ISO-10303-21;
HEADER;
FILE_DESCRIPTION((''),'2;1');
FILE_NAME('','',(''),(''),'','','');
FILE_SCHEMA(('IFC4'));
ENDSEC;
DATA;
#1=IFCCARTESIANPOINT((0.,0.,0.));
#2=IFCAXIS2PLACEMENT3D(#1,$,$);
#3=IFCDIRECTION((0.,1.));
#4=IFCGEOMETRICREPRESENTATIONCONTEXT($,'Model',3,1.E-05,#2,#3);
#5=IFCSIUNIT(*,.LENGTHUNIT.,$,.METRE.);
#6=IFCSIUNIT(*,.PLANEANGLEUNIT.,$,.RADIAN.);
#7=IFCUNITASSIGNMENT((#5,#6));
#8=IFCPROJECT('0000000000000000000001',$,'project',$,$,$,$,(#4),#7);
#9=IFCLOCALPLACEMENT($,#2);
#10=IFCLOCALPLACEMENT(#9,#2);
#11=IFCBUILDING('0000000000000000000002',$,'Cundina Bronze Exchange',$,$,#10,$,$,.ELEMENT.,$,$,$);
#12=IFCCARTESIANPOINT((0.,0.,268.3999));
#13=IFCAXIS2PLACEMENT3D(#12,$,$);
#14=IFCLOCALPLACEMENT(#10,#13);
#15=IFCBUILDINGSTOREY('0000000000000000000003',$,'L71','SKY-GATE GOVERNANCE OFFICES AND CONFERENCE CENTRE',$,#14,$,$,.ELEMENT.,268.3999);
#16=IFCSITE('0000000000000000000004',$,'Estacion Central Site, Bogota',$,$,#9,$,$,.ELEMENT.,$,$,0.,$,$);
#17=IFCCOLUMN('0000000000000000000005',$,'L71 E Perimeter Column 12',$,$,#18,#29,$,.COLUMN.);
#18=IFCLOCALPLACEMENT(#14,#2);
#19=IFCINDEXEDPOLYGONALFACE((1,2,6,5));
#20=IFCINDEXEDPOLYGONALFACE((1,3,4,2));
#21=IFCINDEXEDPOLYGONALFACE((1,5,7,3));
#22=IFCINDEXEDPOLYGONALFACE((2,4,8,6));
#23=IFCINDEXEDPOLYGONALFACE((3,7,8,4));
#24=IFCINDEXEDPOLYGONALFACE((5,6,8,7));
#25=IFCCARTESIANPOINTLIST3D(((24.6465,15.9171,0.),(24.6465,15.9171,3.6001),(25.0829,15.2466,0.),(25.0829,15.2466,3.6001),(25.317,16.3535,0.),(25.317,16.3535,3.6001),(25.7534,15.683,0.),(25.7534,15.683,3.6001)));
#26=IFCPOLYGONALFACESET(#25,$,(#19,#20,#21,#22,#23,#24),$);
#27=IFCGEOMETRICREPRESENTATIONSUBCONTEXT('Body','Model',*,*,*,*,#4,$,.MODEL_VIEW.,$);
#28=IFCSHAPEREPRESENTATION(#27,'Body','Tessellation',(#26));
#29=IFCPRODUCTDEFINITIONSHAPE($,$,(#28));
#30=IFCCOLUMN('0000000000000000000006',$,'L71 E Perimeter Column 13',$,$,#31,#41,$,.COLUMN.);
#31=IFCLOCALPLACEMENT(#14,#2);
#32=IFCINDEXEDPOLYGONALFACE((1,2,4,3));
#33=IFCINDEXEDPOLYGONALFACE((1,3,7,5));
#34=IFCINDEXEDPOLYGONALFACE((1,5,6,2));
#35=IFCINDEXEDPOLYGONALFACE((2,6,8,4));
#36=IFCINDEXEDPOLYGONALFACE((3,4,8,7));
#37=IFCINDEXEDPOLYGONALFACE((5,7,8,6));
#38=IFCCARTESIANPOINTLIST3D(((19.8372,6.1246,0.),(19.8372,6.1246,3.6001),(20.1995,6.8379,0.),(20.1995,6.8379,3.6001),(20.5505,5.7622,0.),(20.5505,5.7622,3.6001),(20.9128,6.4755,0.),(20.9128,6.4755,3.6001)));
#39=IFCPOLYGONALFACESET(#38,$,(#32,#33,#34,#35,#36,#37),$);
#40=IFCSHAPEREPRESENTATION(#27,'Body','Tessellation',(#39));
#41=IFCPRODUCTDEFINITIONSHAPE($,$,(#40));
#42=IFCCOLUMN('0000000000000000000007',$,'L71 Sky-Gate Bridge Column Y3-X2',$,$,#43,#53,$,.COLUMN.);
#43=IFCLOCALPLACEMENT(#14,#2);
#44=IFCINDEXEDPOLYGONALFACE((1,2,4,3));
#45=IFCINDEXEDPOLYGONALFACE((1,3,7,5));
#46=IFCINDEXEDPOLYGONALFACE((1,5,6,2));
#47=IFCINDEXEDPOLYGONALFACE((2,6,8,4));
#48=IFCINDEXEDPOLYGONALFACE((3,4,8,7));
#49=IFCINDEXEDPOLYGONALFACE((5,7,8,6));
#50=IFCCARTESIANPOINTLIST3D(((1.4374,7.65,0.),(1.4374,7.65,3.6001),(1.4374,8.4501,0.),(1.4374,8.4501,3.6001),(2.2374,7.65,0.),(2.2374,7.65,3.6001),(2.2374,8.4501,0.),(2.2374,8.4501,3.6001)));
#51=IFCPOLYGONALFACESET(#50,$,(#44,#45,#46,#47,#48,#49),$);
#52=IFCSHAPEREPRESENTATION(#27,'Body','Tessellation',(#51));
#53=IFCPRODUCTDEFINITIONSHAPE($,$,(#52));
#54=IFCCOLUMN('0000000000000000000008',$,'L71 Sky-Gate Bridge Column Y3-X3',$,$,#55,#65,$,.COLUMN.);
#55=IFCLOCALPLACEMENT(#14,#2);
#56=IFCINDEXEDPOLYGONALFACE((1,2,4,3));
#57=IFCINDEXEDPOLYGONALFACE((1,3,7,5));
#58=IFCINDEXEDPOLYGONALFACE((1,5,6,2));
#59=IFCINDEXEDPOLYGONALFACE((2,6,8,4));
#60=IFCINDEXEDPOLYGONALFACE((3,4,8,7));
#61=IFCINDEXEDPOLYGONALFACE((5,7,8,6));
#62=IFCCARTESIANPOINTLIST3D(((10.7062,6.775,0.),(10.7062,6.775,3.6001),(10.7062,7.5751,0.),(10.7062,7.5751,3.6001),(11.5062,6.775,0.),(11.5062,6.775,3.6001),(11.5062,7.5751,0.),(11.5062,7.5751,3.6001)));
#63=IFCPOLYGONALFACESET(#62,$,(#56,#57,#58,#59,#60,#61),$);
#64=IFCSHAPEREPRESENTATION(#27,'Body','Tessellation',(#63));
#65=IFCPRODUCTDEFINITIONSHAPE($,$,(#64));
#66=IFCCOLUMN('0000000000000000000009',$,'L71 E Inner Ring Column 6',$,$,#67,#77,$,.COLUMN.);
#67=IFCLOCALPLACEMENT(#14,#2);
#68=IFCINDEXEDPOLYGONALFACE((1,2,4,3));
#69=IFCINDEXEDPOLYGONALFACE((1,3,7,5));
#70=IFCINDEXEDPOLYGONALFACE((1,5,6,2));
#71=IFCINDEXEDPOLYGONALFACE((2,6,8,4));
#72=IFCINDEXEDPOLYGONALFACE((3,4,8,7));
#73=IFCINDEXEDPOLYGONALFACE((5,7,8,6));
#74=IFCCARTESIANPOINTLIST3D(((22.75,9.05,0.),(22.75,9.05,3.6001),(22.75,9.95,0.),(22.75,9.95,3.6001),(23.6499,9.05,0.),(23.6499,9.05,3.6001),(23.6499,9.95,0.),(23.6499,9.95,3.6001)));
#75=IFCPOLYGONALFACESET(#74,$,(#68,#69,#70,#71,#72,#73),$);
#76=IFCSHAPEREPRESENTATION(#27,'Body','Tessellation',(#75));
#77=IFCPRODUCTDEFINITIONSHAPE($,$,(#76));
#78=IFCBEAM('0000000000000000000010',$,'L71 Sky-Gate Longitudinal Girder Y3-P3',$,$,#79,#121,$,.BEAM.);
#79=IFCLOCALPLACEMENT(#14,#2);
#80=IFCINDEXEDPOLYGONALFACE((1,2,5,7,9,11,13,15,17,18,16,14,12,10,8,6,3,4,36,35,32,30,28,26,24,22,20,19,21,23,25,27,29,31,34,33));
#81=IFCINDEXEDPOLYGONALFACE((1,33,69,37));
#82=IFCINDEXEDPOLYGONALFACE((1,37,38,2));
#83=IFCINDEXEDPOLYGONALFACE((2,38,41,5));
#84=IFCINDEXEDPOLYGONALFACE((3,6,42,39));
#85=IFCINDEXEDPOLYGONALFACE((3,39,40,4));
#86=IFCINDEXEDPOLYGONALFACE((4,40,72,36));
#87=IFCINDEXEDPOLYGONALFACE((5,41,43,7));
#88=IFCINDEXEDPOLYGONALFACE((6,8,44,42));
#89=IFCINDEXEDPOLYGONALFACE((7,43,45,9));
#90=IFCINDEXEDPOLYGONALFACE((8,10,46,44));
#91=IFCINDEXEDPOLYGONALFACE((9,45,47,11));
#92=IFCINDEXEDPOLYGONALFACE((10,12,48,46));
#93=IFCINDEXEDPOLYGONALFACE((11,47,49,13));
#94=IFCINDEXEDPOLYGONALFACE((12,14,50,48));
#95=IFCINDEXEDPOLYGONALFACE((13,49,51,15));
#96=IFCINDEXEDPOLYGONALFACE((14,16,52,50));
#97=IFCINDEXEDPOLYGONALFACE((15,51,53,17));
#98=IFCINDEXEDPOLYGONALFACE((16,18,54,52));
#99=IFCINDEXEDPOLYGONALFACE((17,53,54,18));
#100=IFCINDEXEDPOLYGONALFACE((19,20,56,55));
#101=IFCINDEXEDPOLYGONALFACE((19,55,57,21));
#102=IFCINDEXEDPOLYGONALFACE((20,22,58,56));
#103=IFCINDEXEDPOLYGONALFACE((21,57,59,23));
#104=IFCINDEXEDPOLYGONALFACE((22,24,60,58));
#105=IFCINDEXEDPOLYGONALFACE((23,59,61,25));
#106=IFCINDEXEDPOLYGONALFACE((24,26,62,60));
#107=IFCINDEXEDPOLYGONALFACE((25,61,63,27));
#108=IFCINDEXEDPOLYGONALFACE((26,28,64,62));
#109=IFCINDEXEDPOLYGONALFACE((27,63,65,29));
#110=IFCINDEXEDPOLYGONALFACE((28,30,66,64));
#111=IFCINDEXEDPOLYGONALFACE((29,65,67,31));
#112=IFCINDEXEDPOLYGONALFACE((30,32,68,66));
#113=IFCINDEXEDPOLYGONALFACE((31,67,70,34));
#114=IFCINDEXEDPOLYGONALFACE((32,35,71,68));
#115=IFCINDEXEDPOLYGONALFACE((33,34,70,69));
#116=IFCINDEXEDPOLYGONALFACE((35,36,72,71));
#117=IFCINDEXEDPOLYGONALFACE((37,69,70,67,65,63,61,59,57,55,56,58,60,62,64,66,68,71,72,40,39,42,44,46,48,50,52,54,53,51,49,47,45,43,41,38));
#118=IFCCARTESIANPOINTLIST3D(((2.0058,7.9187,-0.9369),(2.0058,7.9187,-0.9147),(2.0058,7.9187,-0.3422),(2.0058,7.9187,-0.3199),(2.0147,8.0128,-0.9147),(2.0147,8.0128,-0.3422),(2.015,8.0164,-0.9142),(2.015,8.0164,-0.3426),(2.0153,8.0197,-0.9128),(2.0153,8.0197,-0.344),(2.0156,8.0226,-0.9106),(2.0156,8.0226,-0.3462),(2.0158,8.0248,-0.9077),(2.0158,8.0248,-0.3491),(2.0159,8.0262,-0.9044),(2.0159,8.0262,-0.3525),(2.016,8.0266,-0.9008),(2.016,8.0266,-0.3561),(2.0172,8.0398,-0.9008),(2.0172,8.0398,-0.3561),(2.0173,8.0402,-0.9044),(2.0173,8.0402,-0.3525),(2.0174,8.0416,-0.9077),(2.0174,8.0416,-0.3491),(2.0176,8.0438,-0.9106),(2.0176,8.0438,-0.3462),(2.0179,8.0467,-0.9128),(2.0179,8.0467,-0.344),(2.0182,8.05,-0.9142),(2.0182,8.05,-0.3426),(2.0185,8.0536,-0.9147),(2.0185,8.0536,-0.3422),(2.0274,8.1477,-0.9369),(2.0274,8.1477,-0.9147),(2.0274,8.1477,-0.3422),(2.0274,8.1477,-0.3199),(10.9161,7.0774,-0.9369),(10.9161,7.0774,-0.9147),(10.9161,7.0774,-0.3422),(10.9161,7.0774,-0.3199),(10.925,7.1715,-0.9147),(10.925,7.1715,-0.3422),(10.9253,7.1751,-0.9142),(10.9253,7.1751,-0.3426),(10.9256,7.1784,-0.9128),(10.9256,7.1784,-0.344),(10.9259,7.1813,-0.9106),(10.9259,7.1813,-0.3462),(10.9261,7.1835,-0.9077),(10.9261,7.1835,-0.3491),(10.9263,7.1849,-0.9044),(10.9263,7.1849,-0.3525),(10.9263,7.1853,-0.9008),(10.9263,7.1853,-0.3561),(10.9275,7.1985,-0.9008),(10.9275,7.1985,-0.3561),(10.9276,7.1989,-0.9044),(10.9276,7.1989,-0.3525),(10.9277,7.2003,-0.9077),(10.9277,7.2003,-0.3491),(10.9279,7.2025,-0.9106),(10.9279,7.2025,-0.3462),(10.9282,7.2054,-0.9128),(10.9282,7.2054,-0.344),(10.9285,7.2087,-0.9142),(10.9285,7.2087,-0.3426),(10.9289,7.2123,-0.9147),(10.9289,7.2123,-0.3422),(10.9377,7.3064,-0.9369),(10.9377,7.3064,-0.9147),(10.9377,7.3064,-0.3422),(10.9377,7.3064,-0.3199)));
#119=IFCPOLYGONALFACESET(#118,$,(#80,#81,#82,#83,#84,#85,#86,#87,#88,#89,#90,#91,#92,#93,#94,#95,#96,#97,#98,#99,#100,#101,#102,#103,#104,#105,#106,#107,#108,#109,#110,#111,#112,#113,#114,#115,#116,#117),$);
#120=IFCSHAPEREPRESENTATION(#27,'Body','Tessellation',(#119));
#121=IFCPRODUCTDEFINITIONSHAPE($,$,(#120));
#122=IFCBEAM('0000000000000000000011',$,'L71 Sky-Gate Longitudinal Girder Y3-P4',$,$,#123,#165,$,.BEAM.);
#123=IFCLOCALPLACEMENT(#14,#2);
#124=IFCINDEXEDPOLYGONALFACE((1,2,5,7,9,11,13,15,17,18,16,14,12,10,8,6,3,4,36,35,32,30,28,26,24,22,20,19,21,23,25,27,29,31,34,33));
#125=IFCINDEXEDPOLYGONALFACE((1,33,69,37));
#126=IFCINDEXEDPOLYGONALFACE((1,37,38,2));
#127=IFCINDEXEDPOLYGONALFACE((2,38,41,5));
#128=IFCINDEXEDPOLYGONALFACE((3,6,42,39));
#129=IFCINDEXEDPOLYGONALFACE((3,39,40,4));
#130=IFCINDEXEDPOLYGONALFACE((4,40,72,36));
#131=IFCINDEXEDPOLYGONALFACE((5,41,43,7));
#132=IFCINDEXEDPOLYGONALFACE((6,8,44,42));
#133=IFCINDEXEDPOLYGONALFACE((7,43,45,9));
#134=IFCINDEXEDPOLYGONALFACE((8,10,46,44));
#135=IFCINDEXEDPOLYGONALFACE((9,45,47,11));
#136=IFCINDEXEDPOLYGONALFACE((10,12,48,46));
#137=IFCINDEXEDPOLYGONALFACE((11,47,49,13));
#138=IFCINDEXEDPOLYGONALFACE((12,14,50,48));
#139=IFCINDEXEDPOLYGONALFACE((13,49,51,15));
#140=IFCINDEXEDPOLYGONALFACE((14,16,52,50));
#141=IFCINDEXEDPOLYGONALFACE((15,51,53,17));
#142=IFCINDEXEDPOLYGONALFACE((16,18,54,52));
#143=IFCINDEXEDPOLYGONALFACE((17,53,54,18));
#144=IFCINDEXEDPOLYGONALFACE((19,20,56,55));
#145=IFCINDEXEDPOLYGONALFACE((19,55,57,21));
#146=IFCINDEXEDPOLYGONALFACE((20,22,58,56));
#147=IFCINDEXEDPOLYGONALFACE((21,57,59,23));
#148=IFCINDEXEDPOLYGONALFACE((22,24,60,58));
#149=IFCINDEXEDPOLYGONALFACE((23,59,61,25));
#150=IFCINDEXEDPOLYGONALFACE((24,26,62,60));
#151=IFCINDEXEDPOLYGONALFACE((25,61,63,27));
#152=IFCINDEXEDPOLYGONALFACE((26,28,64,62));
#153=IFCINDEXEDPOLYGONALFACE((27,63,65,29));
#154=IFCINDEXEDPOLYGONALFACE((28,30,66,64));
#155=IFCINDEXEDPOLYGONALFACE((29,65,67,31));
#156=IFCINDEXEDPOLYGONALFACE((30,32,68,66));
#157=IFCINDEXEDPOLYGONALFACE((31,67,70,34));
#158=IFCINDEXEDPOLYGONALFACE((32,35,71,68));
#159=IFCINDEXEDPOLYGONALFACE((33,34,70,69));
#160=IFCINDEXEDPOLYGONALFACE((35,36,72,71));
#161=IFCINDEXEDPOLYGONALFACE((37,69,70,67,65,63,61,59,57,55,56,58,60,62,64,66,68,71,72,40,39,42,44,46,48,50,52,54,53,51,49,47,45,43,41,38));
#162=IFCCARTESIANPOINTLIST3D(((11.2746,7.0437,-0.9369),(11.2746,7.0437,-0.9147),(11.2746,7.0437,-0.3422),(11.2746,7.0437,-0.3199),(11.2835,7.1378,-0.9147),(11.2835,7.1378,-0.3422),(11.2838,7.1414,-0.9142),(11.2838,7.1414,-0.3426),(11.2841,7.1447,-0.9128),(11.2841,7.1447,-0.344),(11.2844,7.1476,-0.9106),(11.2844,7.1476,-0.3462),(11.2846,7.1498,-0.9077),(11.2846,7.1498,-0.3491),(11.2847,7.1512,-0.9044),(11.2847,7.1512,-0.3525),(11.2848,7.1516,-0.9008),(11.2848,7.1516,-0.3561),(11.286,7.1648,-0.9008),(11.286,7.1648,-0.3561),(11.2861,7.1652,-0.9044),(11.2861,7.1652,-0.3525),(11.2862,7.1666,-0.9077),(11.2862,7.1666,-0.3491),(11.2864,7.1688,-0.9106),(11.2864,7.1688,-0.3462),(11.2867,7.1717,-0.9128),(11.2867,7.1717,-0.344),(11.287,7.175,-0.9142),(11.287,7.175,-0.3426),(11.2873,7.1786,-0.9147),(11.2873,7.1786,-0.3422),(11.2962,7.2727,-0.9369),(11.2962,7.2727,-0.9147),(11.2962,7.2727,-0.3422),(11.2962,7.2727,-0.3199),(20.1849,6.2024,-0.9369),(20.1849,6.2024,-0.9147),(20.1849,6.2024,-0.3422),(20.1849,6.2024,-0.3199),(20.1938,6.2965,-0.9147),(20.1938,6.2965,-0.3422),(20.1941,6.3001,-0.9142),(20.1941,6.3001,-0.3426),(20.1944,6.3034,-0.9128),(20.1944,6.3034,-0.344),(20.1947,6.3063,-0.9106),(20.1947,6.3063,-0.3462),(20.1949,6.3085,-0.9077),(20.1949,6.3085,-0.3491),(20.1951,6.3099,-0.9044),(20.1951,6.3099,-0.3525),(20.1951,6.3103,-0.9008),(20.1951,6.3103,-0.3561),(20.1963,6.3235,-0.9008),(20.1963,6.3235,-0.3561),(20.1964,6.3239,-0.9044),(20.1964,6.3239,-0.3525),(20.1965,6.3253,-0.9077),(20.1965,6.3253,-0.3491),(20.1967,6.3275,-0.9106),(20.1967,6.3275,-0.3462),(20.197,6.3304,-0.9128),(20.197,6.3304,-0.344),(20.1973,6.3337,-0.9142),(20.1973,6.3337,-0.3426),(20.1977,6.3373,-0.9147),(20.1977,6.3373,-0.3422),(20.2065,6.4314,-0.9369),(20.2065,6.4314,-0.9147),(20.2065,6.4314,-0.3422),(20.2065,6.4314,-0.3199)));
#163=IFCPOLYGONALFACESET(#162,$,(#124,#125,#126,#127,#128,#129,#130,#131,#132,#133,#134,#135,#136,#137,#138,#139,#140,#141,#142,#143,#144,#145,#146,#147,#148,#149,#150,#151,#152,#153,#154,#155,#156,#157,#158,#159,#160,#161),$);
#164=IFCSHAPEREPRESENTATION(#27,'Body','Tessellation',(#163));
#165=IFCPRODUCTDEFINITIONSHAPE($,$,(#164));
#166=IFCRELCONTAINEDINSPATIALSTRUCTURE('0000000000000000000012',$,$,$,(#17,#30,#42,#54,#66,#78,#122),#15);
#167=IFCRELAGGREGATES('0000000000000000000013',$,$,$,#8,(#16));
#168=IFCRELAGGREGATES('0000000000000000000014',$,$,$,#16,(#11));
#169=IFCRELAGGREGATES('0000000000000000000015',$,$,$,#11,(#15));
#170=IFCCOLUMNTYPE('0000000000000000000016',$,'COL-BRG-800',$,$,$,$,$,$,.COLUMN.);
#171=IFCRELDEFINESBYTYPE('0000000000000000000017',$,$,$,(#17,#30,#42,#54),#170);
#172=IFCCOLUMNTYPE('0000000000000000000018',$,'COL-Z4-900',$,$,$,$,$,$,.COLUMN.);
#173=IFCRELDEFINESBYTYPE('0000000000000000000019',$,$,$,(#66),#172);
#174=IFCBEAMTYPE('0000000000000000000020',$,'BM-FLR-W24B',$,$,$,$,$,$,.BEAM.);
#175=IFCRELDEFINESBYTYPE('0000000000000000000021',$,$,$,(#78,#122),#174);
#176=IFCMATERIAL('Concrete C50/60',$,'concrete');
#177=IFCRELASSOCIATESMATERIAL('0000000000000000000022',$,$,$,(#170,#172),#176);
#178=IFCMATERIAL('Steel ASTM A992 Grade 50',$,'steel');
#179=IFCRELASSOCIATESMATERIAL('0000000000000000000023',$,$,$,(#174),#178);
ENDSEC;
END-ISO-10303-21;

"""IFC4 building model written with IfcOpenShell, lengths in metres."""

from ifc_helpers import new_model, si_unit, direction, frame, origin, origin_2d, place, context, subcontext, project, spatial, rectangle, i_section, extrude, material, material_profile, profile_set, type_object, element, save


model = new_model("IFC4")

# Units and contexts
model_context = context("Model", 3, precision=1e-05, world=origin(), true_north=direction((0.0, 1.0)))
body_context = subcontext(model_context, "Body", "Model", "MODEL_VIEW")
ifc_project = project(units=[si_unit("LENGTHUNIT", "METRE"), si_unit("PLANEANGLEUNIT", "RADIAN")], contexts=[model_context])

# Site, building, storey
site_placement = place(None, origin())
site = spatial("IfcSite", under=ifc_project, at=site_placement, Name="Estacion Central Site, Bogota", CompositionType="ELEMENT", RefElevation=0.0)
building_placement = place(site_placement, origin())
building = spatial("IfcBuilding", under=site, at=building_placement, Name="Cundina Bronze Exchange", CompositionType="ELEMENT")
storey_placement = place(building_placement, frame((0.0, 0.0, 268.3999)))
storey = spatial("IfcBuildingStorey", under=building, at=storey_placement, Name="L71", Description="SKY-GATE GOVERNANCE OFFICES AND CONFERENCE CENTRE", CompositionType="ELEMENT", Elevation=268.3999)

# Columns
ifc_material_1 = material(Name="Concrete C50/60", Category="concrete")
ifc_material_profile_1 = material_profile(ifc_material_1, rectangle(XDim=0.8, YDim=0.8, at=origin_2d()), Name="RC800X800", Category="concrete")
ifc_profile_set_1 = profile_set([ifc_material_profile_1], Name="Concrete C50/60")
column_type_1 = type_object("IfcColumnType", Name="COL-BRG-800", PredefinedType="COLUMN", material=ifc_profile_set_1)
for number, where, z_axis, x_axis, name in (
    (1, (25.2, 15.8, 0.0), (0.0, 0.0, 1.0), (-0.8381, -0.545517, 0.0), "L71 E Perimeter Column 12"),
    (2, (20.375, 6.3, 0.0), (0.0, 0.0, 1.0), (-0.452902, -0.891561, 0.0), "L71 E Perimeter Column 13"),
    (3, (1.8374, 8.05, 0.0), (0.0, 0.0, 1.0), (1.0, 0.0, 0.0), "L71 Sky-Gate Bridge Column Y3-X2"),
    (4, (11.1062, 7.175, 0.0), (0.0, 0.0, 1.0), (1.0, 0.0, 0.0), "L71 Sky-Gate Bridge Column Y3-X3"),
):
    element("IfcColumn", number, at=place(storey_placement, frame(where, z_axis=z_axis, x_axis=x_axis)), inside=storey, type_object=column_type_1, Name=name, PredefinedType="COLUMN", context=body_context, shape_type="SweptSolid", body=[
        extrude(rectangle(XDim=0.8, YDim=0.8, at=origin_2d()), origin(), (0.0, 0.0, 1.0), 3.6001),
    ])
ifc_material_profile_2 = material_profile(ifc_material_1, rectangle(XDim=0.8999, YDim=0.8999, at=origin_2d()), Name="RC900X900", Category="concrete")
ifc_profile_set_2 = profile_set([ifc_material_profile_2], Name="Concrete C50/60")
column_type_2 = type_object("IfcColumnType", Name="COL-Z4-900", PredefinedType="COLUMN", material=ifc_profile_set_2)
column_placement = place(storey_placement, frame((23.2, 9.5, 0.0), z_axis=(0.0, 0.0, 1.0), x_axis=(1.0, 0.0, 0.0)))
element("IfcColumn", 5, at=column_placement, inside=storey, type_object=column_type_2, Name="L71 E Inner Ring Column 6", PredefinedType="COLUMN", context=body_context, shape_type="SweptSolid", body=[
    extrude(rectangle(XDim=0.8999, YDim=0.8999, at=origin_2d()), origin(), (0.0, 0.0, 1.0), 3.6001),
])

# Beams
ifc_material_2 = material(Name="Steel ASTM A992 Grade 50", Category="steel")
ifc_material_profile_3 = material_profile(ifc_material_2, i_section(OverallWidth=0.23, OverallDepth=0.6169, WebThickness=0.0132, FlangeThickness=0.0222, FilletRadius=0.0139, at=origin_2d()), Name="W24X94", Category="steel")
ifc_profile_set_3 = profile_set([ifc_material_profile_3], Name="Steel ASTM A992 Grade 50")
beam_type_1 = type_object("IfcBeamType", Name="BM-FLR-W24B", PredefinedType="BEAM", material=ifc_profile_set_3)
for number, where, z_axis, x_axis, name in (
    (6, (2.0166, 8.0332, -0.6284), (0.995572, -0.094001, 0.0), (0.094001, 0.995572, 0.0), "L71 Sky-Gate Longitudinal Girder Y3-P3"),
    (7, (11.2854, 7.1582, -0.6284), (0.995572, -0.094001, 0.0), (0.094001, 0.995572, 0.0), "L71 Sky-Gate Longitudinal Girder Y3-P4"),
):
    element("IfcBeam", number, at=place(storey_placement, frame(where, z_axis=z_axis, x_axis=x_axis)), inside=storey, type_object=beam_type_1, Name=name, PredefinedType="BEAM", context=body_context, shape_type="SweptSolid", body=[
        extrude(i_section(OverallWidth=0.23, OverallDepth=0.6169, WebThickness=0.0132, FlangeThickness=0.0222, FilletRadius=0.0139, at=origin_2d()), origin(), (0.0, 0.0, 1.0), 8.95),
    ])

save(model, "model.ifc")
